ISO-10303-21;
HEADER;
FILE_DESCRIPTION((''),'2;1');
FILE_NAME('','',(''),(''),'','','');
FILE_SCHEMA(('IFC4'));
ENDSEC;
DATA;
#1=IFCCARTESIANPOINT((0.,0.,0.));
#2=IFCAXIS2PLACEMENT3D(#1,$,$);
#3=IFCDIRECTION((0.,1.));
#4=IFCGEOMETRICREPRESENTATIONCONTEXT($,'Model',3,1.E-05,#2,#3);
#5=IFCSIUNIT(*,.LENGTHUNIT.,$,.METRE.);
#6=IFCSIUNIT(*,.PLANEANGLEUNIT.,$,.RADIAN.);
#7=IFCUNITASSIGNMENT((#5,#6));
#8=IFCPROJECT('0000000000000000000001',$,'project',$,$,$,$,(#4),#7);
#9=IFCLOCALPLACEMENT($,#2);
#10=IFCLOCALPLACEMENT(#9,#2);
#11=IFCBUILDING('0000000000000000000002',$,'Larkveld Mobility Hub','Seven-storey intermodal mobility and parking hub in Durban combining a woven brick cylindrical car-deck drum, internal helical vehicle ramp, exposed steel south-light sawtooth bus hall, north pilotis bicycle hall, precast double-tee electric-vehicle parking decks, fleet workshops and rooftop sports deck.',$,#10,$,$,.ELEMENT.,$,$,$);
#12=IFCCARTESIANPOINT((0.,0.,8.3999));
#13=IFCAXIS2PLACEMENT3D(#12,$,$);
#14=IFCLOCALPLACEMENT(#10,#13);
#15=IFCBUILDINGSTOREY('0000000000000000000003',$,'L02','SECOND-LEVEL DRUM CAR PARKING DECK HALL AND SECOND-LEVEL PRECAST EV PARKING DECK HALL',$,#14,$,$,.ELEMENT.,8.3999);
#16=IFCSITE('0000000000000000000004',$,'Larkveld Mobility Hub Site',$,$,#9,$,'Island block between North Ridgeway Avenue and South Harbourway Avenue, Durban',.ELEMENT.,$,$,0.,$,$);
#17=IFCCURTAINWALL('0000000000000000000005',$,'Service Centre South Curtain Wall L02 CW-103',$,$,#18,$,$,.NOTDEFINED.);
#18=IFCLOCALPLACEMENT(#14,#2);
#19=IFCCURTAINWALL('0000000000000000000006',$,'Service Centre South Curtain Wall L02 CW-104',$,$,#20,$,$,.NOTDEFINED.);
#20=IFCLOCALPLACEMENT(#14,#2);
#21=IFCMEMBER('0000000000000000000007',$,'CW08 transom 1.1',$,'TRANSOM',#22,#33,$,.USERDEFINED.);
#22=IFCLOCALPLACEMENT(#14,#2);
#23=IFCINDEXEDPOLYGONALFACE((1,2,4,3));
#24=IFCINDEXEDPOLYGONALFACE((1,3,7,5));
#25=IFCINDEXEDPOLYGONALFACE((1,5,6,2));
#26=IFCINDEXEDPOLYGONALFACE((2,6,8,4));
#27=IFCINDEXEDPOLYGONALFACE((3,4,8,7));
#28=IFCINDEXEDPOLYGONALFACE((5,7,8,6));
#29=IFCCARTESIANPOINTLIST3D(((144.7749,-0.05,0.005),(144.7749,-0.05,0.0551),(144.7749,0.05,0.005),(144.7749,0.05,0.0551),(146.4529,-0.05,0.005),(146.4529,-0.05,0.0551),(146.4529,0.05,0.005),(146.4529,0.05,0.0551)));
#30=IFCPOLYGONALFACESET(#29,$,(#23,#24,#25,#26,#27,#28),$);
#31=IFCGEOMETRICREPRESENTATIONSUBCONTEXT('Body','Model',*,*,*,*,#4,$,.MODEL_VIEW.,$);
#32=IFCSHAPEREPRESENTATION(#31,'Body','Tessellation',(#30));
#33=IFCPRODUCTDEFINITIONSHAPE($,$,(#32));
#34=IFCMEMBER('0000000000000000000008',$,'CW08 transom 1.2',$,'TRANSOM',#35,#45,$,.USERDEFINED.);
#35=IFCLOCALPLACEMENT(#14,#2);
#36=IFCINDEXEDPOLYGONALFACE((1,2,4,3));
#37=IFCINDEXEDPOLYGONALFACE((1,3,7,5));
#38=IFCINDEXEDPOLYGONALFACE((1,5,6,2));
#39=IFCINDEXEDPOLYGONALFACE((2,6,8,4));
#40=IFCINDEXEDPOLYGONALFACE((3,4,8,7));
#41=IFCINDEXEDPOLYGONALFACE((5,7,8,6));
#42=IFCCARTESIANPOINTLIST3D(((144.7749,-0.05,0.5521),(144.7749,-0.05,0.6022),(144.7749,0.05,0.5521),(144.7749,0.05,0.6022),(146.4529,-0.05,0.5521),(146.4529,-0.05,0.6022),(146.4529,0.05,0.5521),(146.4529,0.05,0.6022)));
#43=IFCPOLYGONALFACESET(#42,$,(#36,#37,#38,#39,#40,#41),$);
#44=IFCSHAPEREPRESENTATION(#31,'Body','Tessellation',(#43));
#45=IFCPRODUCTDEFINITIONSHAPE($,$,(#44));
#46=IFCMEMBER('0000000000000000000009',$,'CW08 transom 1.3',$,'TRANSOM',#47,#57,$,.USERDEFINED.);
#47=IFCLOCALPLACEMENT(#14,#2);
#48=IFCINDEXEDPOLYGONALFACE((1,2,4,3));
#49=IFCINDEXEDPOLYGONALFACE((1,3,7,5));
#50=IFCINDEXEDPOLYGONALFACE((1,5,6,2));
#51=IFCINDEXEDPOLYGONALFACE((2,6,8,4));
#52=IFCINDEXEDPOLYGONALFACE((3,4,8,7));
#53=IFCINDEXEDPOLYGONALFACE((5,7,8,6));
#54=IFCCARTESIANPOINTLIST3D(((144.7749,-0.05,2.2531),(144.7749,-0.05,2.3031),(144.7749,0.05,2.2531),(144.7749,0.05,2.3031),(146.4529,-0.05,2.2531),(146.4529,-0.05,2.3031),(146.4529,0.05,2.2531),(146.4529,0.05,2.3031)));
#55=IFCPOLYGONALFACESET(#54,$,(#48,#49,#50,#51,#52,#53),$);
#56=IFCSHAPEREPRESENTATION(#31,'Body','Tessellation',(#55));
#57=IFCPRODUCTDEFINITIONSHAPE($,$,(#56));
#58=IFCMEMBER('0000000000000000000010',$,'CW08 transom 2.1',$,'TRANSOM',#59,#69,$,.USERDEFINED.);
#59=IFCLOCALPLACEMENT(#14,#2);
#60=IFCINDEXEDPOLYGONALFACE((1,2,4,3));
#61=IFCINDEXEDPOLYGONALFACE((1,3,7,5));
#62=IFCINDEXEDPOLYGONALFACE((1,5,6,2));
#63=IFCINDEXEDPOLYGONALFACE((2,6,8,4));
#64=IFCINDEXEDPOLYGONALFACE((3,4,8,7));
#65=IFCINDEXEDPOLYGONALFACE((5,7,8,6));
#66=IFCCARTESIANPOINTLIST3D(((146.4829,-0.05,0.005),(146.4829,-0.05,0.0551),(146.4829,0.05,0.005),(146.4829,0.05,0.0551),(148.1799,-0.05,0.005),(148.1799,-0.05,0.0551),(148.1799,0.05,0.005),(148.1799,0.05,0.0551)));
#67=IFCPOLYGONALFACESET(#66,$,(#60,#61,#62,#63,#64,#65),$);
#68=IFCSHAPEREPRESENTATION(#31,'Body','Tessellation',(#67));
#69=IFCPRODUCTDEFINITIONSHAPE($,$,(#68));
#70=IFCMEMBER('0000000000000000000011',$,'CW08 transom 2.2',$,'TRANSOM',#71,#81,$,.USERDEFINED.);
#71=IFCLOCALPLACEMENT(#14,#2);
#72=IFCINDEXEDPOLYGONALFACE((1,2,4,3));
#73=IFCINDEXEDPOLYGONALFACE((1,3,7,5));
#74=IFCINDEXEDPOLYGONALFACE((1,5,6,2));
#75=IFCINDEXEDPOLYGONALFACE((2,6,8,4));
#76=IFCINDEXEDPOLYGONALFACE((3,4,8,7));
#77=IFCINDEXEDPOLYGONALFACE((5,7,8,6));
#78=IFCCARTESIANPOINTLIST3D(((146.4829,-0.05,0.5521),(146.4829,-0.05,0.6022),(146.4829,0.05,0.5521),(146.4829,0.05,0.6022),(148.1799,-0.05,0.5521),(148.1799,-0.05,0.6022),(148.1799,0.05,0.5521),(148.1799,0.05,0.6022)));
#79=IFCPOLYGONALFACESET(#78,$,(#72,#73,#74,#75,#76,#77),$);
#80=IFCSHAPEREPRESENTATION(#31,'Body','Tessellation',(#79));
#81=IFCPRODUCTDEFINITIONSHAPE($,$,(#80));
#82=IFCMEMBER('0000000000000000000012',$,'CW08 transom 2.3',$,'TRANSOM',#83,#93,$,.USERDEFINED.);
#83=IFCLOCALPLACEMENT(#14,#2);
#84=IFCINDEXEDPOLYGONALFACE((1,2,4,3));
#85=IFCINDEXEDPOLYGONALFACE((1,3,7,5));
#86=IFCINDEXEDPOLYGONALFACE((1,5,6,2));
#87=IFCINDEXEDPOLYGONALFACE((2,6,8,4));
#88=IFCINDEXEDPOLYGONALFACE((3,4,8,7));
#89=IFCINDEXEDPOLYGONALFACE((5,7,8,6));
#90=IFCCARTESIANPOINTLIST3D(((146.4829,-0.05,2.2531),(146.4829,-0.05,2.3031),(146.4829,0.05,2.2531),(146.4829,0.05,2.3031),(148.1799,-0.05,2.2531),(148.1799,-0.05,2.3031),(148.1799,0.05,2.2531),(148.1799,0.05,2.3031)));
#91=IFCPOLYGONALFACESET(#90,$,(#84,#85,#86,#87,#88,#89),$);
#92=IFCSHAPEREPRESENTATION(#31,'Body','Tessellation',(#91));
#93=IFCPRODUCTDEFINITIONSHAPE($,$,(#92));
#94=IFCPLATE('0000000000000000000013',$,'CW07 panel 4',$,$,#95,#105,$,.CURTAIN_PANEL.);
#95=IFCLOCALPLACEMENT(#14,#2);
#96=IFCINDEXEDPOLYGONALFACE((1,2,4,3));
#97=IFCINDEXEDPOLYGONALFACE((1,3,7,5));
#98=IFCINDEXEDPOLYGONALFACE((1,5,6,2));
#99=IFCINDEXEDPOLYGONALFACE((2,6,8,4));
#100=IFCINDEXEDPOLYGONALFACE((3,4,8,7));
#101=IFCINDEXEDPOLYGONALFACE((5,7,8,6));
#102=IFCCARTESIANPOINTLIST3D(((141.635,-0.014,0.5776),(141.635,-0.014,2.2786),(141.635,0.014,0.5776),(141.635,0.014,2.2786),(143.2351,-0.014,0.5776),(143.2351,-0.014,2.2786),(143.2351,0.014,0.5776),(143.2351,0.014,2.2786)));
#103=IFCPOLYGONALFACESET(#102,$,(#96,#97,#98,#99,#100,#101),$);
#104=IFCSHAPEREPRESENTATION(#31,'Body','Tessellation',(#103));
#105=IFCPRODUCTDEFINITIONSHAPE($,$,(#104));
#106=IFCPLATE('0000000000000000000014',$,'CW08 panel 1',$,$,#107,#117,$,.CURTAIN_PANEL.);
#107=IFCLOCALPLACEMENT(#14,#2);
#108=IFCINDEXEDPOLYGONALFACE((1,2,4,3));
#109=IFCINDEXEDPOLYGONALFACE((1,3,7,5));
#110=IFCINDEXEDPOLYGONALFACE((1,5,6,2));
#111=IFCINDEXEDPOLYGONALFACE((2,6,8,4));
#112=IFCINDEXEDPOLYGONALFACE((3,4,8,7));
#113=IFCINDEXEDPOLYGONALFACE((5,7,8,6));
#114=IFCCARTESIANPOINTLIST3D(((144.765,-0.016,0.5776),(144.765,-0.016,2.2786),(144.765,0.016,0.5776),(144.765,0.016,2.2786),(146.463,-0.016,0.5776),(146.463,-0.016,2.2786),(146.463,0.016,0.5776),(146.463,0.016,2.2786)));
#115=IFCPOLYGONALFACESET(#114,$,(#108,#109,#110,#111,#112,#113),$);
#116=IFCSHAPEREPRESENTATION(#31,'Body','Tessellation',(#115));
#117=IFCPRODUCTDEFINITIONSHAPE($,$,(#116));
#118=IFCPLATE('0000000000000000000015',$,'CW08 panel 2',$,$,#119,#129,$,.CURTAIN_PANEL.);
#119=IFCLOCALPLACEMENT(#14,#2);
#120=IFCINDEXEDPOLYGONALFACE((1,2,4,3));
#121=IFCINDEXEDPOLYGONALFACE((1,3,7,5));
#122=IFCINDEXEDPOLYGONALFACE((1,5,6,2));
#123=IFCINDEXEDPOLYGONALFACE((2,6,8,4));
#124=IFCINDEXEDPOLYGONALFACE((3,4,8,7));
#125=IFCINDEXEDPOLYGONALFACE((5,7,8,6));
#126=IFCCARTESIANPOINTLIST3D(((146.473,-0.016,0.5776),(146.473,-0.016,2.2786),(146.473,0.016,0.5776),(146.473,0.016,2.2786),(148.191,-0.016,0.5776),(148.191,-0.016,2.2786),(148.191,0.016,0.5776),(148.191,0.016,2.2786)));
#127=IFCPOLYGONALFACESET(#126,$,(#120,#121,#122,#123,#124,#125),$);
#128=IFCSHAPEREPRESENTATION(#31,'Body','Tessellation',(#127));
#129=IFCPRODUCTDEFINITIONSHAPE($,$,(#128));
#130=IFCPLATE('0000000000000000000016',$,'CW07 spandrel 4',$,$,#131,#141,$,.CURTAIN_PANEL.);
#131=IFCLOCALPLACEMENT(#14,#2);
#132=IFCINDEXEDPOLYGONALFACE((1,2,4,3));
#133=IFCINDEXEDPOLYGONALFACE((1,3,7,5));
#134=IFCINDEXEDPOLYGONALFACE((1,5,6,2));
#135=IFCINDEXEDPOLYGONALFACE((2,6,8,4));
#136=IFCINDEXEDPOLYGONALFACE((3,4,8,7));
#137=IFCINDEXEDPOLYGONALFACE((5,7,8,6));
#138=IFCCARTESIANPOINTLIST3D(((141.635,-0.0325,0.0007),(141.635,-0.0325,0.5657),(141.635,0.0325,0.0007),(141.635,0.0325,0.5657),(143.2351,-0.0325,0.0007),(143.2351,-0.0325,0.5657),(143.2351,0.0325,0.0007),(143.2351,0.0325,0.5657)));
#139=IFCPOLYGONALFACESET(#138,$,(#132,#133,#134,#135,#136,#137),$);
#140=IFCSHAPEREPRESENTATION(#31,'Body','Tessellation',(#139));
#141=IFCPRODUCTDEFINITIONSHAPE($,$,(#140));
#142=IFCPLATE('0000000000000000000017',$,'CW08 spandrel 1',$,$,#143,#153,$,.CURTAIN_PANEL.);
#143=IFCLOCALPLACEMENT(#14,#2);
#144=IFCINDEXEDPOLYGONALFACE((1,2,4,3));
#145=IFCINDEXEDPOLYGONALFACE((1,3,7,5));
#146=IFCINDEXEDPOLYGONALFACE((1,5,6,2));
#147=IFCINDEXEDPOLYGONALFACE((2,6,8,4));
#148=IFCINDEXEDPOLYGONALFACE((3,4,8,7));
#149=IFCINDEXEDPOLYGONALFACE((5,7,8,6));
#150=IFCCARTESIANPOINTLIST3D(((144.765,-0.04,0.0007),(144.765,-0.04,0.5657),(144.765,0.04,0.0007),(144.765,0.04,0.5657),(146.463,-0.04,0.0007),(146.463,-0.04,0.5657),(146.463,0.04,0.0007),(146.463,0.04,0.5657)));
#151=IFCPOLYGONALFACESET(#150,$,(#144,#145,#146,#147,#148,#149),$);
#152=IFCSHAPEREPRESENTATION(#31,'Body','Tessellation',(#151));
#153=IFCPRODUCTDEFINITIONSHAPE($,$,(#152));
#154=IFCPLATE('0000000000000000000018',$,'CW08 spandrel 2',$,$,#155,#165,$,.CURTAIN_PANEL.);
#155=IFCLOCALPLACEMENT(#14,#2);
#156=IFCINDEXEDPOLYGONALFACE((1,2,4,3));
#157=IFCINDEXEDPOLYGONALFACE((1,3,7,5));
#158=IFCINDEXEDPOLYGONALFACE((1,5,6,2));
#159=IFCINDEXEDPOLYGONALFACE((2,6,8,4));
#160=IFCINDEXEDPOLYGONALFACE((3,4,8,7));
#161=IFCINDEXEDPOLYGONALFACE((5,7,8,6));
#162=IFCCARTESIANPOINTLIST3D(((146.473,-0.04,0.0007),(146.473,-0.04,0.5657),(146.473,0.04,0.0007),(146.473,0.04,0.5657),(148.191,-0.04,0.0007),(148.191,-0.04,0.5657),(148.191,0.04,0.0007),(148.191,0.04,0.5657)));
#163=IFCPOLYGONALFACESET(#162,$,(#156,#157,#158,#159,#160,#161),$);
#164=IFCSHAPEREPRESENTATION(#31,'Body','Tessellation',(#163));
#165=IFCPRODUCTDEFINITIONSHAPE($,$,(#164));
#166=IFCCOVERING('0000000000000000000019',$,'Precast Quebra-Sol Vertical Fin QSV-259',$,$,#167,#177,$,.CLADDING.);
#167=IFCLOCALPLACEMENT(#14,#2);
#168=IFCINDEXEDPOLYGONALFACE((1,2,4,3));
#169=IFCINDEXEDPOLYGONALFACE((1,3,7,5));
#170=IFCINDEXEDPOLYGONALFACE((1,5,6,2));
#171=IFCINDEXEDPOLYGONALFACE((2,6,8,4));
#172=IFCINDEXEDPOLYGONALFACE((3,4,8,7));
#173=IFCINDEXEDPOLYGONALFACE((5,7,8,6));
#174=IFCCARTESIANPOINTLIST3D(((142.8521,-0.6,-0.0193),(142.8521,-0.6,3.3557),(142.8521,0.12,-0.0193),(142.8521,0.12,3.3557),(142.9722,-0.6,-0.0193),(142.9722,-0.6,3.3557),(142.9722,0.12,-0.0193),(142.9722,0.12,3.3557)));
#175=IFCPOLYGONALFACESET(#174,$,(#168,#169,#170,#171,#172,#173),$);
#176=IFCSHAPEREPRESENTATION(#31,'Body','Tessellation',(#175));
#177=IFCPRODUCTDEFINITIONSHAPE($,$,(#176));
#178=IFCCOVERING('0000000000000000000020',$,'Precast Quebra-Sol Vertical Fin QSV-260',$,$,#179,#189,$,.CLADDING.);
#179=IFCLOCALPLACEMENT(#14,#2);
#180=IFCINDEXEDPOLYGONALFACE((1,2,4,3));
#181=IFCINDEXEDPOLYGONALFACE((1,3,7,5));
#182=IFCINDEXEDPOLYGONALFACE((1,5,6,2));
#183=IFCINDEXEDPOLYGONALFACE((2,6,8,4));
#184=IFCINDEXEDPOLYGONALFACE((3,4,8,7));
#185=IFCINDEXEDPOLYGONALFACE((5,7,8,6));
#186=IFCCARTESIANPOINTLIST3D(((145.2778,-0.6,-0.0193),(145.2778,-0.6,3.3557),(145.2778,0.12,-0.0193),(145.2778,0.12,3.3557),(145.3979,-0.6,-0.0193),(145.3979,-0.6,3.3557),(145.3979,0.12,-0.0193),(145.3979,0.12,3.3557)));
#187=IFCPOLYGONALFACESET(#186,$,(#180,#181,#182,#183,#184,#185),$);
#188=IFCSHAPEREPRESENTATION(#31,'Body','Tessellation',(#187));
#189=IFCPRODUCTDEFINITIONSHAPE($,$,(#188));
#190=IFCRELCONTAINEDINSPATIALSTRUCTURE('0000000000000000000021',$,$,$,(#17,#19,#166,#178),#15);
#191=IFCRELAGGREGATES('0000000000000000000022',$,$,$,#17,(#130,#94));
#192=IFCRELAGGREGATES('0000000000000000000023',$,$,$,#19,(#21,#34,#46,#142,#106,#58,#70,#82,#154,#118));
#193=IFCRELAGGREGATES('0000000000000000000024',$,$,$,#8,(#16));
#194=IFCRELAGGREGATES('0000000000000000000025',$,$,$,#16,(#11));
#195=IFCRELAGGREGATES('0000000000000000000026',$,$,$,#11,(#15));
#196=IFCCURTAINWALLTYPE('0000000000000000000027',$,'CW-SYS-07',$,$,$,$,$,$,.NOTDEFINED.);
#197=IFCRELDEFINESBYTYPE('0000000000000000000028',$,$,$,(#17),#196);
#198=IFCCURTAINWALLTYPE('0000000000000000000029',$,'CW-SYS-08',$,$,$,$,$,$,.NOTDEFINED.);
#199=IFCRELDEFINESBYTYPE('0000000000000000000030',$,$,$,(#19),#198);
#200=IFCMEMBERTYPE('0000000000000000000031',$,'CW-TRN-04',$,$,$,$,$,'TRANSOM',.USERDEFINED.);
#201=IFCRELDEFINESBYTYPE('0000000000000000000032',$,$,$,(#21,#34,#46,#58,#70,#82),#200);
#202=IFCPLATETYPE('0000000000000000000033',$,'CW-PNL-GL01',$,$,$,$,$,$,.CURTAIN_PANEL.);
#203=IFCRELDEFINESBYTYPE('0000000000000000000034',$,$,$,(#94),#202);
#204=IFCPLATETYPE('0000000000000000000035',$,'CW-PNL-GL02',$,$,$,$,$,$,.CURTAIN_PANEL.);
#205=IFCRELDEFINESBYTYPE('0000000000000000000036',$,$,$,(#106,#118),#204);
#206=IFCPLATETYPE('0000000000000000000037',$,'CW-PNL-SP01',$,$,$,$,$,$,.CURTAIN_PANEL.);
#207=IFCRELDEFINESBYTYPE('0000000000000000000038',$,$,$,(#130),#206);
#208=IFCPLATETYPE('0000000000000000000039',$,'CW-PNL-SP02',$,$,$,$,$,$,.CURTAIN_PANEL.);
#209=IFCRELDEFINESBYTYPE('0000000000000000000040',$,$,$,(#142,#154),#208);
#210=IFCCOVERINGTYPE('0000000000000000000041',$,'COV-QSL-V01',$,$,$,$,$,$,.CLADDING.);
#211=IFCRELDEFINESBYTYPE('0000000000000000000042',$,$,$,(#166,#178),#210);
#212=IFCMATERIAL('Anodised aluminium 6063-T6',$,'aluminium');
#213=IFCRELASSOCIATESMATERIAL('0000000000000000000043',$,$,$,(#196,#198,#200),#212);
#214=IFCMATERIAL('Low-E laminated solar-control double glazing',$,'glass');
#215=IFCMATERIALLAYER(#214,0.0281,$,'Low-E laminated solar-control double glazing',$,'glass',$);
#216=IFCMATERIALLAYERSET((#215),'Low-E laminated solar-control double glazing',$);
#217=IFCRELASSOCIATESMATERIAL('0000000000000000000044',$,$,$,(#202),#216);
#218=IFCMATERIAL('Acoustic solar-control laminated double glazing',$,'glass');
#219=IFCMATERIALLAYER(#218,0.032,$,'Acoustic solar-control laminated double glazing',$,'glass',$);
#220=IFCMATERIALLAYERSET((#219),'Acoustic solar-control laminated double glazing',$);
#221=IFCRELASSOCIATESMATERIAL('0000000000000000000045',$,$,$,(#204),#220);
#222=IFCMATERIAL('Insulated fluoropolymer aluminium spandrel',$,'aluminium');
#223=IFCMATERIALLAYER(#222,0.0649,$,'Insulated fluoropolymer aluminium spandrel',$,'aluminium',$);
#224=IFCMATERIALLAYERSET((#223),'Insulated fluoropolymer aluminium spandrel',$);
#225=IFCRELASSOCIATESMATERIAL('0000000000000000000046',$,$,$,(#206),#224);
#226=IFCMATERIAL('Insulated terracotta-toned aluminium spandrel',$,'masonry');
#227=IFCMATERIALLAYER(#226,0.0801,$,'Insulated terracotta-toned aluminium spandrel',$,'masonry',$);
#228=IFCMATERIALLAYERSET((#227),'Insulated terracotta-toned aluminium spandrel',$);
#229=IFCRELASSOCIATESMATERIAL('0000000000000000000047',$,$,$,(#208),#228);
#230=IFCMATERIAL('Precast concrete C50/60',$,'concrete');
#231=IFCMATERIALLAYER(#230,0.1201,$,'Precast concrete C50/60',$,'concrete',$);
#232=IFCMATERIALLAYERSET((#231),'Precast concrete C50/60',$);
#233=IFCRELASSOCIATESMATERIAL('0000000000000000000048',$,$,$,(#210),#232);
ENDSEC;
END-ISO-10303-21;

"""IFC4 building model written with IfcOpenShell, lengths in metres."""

from ifc_helpers import new_model, si_unit, direction, frame, origin, origin_2d, place, context, subcontext, project, spatial, rectangle, extrude, material, layer, layer_set, material_profile, profile_set, type_object, element, aggregate, save


model = new_model("IFC4")

# Units and contexts
model_context = context("Model", 3, precision=1e-05, world=origin(), true_north=direction((0.0, 1.0)))
body_context = subcontext(model_context, "Body", "Model", "MODEL_VIEW")
ifc_project = project(units=[si_unit("LENGTHUNIT", "METRE"), si_unit("PLANEANGLEUNIT", "RADIAN")], contexts=[model_context])

# Site, building, storey
site_placement = place(None, origin())
site = spatial("IfcSite", under=ifc_project, at=site_placement, Name="Larkveld Mobility Hub Site", LongName="Island block between North Ridgeway Avenue and South Harbourway Avenue, Durban", CompositionType="ELEMENT", RefElevation=0.0)
building_placement = place(site_placement, origin())
building = spatial("IfcBuilding", under=site, at=building_placement, Name="Larkveld Mobility Hub", Description="Seven-storey intermodal mobility and parking hub in Durban combining a woven brick cylindrical car-deck drum, internal helical vehicle ramp, exposed steel south-light sawtooth bus hall, north pilotis bicycle hall, precast double-tee electric-vehicle parking decks, fleet workshops and rooftop sports deck.", CompositionType="ELEMENT")
storey_placement = place(building_placement, frame((0.0, 0.0, 8.3999)))
storey = spatial("IfcBuildingStorey", under=building, at=storey_placement, Name="L02", Description="SECOND-LEVEL DRUM CAR PARKING DECK HALL AND SECOND-LEVEL PRECAST EV PARKING DECK HALL", CompositionType="ELEMENT", Elevation=8.3999)

# Shared definitions
ifc_material_1 = material(Name="Precast concrete C50/60", Category="concrete")

# Curtain walls
ifc_material_2 = material(Name="Anodised aluminium 6063-T6", Category="aluminium")
curtain_wall_type_1 = type_object("IfcCurtainWallType", Name="CW-SYS-07", PredefinedType="NOTDEFINED", material=ifc_material_2)
curtain_wall_1_placement = place(storey_placement, origin())
curtain_wall_1 = element("IfcCurtainWall", 1, at=curtain_wall_1_placement, inside=storey, type_object=curtain_wall_type_1, Name="Service Centre South Curtain Wall L02 CW-103", PredefinedType="NOTDEFINED")
curtain_wall_type_2 = type_object("IfcCurtainWallType", Name="CW-SYS-08", PredefinedType="NOTDEFINED", material=ifc_material_2)
curtain_wall_2_placement = place(storey_placement, origin())
curtain_wall_2 = element("IfcCurtainWall", 2, at=curtain_wall_2_placement, inside=storey, type_object=curtain_wall_type_2, Name="Service Centre South Curtain Wall L02 CW-104", PredefinedType="NOTDEFINED")

# Members
ifc_material_profile_1 = material_profile(ifc_material_2, rectangle(XDim=0.1001, YDim=0.05, at=origin_2d()), Name="ALU TRAN 50x100")
ifc_profile_set_1 = profile_set([ifc_material_profile_1], Name="Anodised aluminium 6063-T6")
member_type_1 = type_object("IfcMemberType", Name="CW-TRN-04", ElementType="TRANSOM", PredefinedType="USERDEFINED", material=ifc_profile_set_1)
member_1_placement = place(storey_placement, frame((144.7749, 0.0, 0.03), z_axis=(1.0, 0.0, 0.0), x_axis=(0.0, 1.0, 0.0)))
member_1 = element("IfcMember", 3, at=member_1_placement, type_object=member_type_1, Name="CW08 transom 1.1", ObjectType="TRANSOM", PredefinedType="USERDEFINED", context=body_context, shape_type="SweptSolid", body=[
    extrude(rectangle(XDim=0.1001, YDim=0.05, at=origin_2d()), origin(), (0.0, 0.0, 1.0), 1.678),
])
member_2_placement = place(storey_placement, frame((144.7749, 0.0, 0.5771), z_axis=(1.0, 0.0, 0.0), x_axis=(0.0, 1.0, 0.0)))
member_2 = element("IfcMember", 4, at=member_2_placement, type_object=member_type_1, Name="CW08 transom 1.2", ObjectType="TRANSOM", PredefinedType="USERDEFINED", context=body_context, shape_type="SweptSolid", body=[
    extrude(rectangle(XDim=0.1001, YDim=0.05, at=origin_2d()), origin(), (0.0, 0.0, 1.0), 1.678),
])
member_3_placement = place(storey_placement, frame((144.7749, 0.0, 2.2781), z_axis=(1.0, 0.0, 0.0), x_axis=(0.0, 1.0, 0.0)))
member_3 = element("IfcMember", 5, at=member_3_placement, type_object=member_type_1, Name="CW08 transom 1.3", ObjectType="TRANSOM", PredefinedType="USERDEFINED", context=body_context, shape_type="SweptSolid", body=[
    extrude(rectangle(XDim=0.1001, YDim=0.05, at=origin_2d()), origin(), (0.0, 0.0, 1.0), 1.678),
])
member_4_placement = place(storey_placement, frame((146.4829, 0.0, 0.03), z_axis=(1.0, 0.0, 0.0), x_axis=(0.0, 1.0, 0.0)))
member_4 = element("IfcMember", 6, at=member_4_placement, type_object=member_type_1, Name="CW08 transom 2.1", ObjectType="TRANSOM", PredefinedType="USERDEFINED", context=body_context, shape_type="SweptSolid", body=[
    extrude(rectangle(XDim=0.1001, YDim=0.05, at=origin_2d()), origin(), (0.0, 0.0, 1.0), 1.697),
])
member_5_placement = place(storey_placement, frame((146.4829, 0.0, 0.5771), z_axis=(1.0, 0.0, 0.0), x_axis=(0.0, 1.0, 0.0)))
member_5 = element("IfcMember", 7, at=member_5_placement, type_object=member_type_1, Name="CW08 transom 2.2", ObjectType="TRANSOM", PredefinedType="USERDEFINED", context=body_context, shape_type="SweptSolid", body=[
    extrude(rectangle(XDim=0.1001, YDim=0.05, at=origin_2d()), origin(), (0.0, 0.0, 1.0), 1.697),
])
member_6_placement = place(storey_placement, frame((146.4829, 0.0, 2.2781), z_axis=(1.0, 0.0, 0.0), x_axis=(0.0, 1.0, 0.0)))
member_6 = element("IfcMember", 8, at=member_6_placement, type_object=member_type_1, Name="CW08 transom 2.3", ObjectType="TRANSOM", PredefinedType="USERDEFINED", context=body_context, shape_type="SweptSolid", body=[
    extrude(rectangle(XDim=0.1001, YDim=0.05, at=origin_2d()), origin(), (0.0, 0.0, 1.0), 1.697),
])

# Plates
ifc_material_3 = material(Name="Low-E laminated solar-control double glazing", Category="glass")
ifc_layer_1 = layer(ifc_material_3, 0.0281, Name="Low-E laminated solar-control double glazing", Category="glass")
ifc_layer_set_1 = layer_set([ifc_layer_1], Name="Low-E laminated solar-control double glazing")
plate_type_1 = type_object("IfcPlateType", Name="CW-PNL-GL01", PredefinedType="CURTAIN_PANEL", material=ifc_layer_set_1)
plate_1_placement = place(storey_placement, frame((142.4351, 0.0, 0.5776), z_axis=(0.0, 0.0, 1.0), x_axis=(1.0, 0.0, 0.0)))
plate_1 = element("IfcPlate", 9, at=plate_1_placement, type_object=plate_type_1, Name="CW07 panel 4", PredefinedType="CURTAIN_PANEL", context=body_context, shape_type="SweptSolid", body=[
    extrude(rectangle(XDim=1.6001, YDim=0.0281, at=origin_2d()), origin(), (0.0, 0.0, 1.0), 1.7009),
])
ifc_material_4 = material(Name="Acoustic solar-control laminated double glazing", Category="glass")
ifc_layer_2 = layer(ifc_material_4, 0.032, Name="Acoustic solar-control laminated double glazing", Category="glass")
ifc_layer_set_2 = layer_set([ifc_layer_2], Name="Acoustic solar-control laminated double glazing")
plate_type_2 = type_object("IfcPlateType", Name="CW-PNL-GL02", PredefinedType="CURTAIN_PANEL", material=ifc_layer_set_2)
plate_2_placement = place(storey_placement, frame((145.614, 0.0, 0.5776), z_axis=(0.0, 0.0, 1.0), x_axis=(1.0, 0.0, 0.0)))
plate_2 = element("IfcPlate", 10, at=plate_2_placement, type_object=plate_type_2, Name="CW08 panel 1", PredefinedType="CURTAIN_PANEL", context=body_context, shape_type="SweptSolid", body=[
    extrude(rectangle(XDim=1.698, YDim=0.032, at=origin_2d()), origin(), (0.0, 0.0, 1.0), 1.7009),
])
plate_3_placement = place(storey_placement, frame((147.332, 0.0, 0.5776), z_axis=(0.0, 0.0, 1.0), x_axis=(1.0, 0.0, 0.0)))
plate_3 = element("IfcPlate", 11, at=plate_3_placement, type_object=plate_type_2, Name="CW08 panel 2", PredefinedType="CURTAIN_PANEL", context=body_context, shape_type="SweptSolid", body=[
    extrude(rectangle(XDim=1.718, YDim=0.032, at=origin_2d()), origin(), (0.0, 0.0, 1.0), 1.7009),
])
ifc_material_5 = material(Name="Insulated fluoropolymer aluminium spandrel", Category="aluminium")
ifc_layer_3 = layer(ifc_material_5, 0.0649, Name="Insulated fluoropolymer aluminium spandrel", Category="aluminium")
ifc_layer_set_3 = layer_set([ifc_layer_3], Name="Insulated fluoropolymer aluminium spandrel")
plate_type_3 = type_object("IfcPlateType", Name="CW-PNL-SP01", PredefinedType="CURTAIN_PANEL", material=ifc_layer_set_3)
plate_4_placement = place(storey_placement, frame((142.4351, 0.0, 0.0007), z_axis=(0.0, 0.0, 1.0), x_axis=(1.0, 0.0, 0.0)))
plate_4 = element("IfcPlate", 12, at=plate_4_placement, type_object=plate_type_3, Name="CW07 spandrel 4", PredefinedType="CURTAIN_PANEL", context=body_context, shape_type="SweptSolid", body=[
    extrude(rectangle(XDim=1.6001, YDim=0.0649, at=origin_2d()), origin(), (0.0, 0.0, 1.0), 0.5649),
])
aggregate(curtain_wall_1, [plate_4, plate_1])
ifc_material_6 = material(Name="Insulated terracotta-toned aluminium spandrel", Category="masonry")
ifc_layer_4 = layer(ifc_material_6, 0.0801, Name="Insulated terracotta-toned aluminium spandrel", Category="masonry")
ifc_layer_set_4 = layer_set([ifc_layer_4], Name="Insulated terracotta-toned aluminium spandrel")
plate_type_4 = type_object("IfcPlateType", Name="CW-PNL-SP02", PredefinedType="CURTAIN_PANEL", material=ifc_layer_set_4)
plate_5_placement = place(storey_placement, frame((145.614, 0.0, 0.0007), z_axis=(0.0, 0.0, 1.0), x_axis=(1.0, 0.0, 0.0)))
plate_5 = element("IfcPlate", 13, at=plate_5_placement, type_object=plate_type_4, Name="CW08 spandrel 1", PredefinedType="CURTAIN_PANEL", context=body_context, shape_type="SweptSolid", body=[
    extrude(rectangle(XDim=1.698, YDim=0.0801, at=origin_2d()), origin(), (0.0, 0.0, 1.0), 0.5649),
])
plate_6_placement = place(storey_placement, frame((147.332, 0.0, 0.0007), z_axis=(0.0, 0.0, 1.0), x_axis=(1.0, 0.0, 0.0)))
plate_6 = element("IfcPlate", 14, at=plate_6_placement, type_object=plate_type_4, Name="CW08 spandrel 2", PredefinedType="CURTAIN_PANEL", context=body_context, shape_type="SweptSolid", body=[
    extrude(rectangle(XDim=1.718, YDim=0.0801, at=origin_2d()), origin(), (0.0, 0.0, 1.0), 0.5649),
])
aggregate(curtain_wall_2, [member_1, member_2, member_3, plate_5, plate_2, member_4, member_5, member_6, plate_6, plate_3])

# Coverings
ifc_layer_5 = layer(ifc_material_1, 0.1201, Name="Precast concrete C50/60", Category="concrete")
ifc_layer_set_5 = layer_set([ifc_layer_5], Name="Precast concrete C50/60")
covering_type = type_object("IfcCoveringType", Name="COV-QSL-V01", PredefinedType="CLADDING", material=ifc_layer_set_5)
for number, where, z_axis, x_axis, name in (
    (15, (142.9121, -0.24, -0.0193), (0.0, 0.0, 1.0), (1.0, 0.0, 0.0), "Precast Quebra-Sol Vertical Fin QSV-259"),
    (16, (145.3379, -0.24, -0.0193), (0.0, 0.0, 1.0), (1.0, 0.0, 0.0), "Precast Quebra-Sol Vertical Fin QSV-260"),
):
    element("IfcCovering", number, at=place(storey_placement, frame(where, z_axis=z_axis, x_axis=x_axis)), inside=storey, type_object=covering_type, Name=name, PredefinedType="CLADDING", context=body_context, shape_type="SweptSolid", body=[
        extrude(rectangle(XDim=0.1201, YDim=0.72, at=origin_2d()), origin(), (0.0, 0.0, 1.0), 3.375),
    ])

save(model, "model.ifc")
